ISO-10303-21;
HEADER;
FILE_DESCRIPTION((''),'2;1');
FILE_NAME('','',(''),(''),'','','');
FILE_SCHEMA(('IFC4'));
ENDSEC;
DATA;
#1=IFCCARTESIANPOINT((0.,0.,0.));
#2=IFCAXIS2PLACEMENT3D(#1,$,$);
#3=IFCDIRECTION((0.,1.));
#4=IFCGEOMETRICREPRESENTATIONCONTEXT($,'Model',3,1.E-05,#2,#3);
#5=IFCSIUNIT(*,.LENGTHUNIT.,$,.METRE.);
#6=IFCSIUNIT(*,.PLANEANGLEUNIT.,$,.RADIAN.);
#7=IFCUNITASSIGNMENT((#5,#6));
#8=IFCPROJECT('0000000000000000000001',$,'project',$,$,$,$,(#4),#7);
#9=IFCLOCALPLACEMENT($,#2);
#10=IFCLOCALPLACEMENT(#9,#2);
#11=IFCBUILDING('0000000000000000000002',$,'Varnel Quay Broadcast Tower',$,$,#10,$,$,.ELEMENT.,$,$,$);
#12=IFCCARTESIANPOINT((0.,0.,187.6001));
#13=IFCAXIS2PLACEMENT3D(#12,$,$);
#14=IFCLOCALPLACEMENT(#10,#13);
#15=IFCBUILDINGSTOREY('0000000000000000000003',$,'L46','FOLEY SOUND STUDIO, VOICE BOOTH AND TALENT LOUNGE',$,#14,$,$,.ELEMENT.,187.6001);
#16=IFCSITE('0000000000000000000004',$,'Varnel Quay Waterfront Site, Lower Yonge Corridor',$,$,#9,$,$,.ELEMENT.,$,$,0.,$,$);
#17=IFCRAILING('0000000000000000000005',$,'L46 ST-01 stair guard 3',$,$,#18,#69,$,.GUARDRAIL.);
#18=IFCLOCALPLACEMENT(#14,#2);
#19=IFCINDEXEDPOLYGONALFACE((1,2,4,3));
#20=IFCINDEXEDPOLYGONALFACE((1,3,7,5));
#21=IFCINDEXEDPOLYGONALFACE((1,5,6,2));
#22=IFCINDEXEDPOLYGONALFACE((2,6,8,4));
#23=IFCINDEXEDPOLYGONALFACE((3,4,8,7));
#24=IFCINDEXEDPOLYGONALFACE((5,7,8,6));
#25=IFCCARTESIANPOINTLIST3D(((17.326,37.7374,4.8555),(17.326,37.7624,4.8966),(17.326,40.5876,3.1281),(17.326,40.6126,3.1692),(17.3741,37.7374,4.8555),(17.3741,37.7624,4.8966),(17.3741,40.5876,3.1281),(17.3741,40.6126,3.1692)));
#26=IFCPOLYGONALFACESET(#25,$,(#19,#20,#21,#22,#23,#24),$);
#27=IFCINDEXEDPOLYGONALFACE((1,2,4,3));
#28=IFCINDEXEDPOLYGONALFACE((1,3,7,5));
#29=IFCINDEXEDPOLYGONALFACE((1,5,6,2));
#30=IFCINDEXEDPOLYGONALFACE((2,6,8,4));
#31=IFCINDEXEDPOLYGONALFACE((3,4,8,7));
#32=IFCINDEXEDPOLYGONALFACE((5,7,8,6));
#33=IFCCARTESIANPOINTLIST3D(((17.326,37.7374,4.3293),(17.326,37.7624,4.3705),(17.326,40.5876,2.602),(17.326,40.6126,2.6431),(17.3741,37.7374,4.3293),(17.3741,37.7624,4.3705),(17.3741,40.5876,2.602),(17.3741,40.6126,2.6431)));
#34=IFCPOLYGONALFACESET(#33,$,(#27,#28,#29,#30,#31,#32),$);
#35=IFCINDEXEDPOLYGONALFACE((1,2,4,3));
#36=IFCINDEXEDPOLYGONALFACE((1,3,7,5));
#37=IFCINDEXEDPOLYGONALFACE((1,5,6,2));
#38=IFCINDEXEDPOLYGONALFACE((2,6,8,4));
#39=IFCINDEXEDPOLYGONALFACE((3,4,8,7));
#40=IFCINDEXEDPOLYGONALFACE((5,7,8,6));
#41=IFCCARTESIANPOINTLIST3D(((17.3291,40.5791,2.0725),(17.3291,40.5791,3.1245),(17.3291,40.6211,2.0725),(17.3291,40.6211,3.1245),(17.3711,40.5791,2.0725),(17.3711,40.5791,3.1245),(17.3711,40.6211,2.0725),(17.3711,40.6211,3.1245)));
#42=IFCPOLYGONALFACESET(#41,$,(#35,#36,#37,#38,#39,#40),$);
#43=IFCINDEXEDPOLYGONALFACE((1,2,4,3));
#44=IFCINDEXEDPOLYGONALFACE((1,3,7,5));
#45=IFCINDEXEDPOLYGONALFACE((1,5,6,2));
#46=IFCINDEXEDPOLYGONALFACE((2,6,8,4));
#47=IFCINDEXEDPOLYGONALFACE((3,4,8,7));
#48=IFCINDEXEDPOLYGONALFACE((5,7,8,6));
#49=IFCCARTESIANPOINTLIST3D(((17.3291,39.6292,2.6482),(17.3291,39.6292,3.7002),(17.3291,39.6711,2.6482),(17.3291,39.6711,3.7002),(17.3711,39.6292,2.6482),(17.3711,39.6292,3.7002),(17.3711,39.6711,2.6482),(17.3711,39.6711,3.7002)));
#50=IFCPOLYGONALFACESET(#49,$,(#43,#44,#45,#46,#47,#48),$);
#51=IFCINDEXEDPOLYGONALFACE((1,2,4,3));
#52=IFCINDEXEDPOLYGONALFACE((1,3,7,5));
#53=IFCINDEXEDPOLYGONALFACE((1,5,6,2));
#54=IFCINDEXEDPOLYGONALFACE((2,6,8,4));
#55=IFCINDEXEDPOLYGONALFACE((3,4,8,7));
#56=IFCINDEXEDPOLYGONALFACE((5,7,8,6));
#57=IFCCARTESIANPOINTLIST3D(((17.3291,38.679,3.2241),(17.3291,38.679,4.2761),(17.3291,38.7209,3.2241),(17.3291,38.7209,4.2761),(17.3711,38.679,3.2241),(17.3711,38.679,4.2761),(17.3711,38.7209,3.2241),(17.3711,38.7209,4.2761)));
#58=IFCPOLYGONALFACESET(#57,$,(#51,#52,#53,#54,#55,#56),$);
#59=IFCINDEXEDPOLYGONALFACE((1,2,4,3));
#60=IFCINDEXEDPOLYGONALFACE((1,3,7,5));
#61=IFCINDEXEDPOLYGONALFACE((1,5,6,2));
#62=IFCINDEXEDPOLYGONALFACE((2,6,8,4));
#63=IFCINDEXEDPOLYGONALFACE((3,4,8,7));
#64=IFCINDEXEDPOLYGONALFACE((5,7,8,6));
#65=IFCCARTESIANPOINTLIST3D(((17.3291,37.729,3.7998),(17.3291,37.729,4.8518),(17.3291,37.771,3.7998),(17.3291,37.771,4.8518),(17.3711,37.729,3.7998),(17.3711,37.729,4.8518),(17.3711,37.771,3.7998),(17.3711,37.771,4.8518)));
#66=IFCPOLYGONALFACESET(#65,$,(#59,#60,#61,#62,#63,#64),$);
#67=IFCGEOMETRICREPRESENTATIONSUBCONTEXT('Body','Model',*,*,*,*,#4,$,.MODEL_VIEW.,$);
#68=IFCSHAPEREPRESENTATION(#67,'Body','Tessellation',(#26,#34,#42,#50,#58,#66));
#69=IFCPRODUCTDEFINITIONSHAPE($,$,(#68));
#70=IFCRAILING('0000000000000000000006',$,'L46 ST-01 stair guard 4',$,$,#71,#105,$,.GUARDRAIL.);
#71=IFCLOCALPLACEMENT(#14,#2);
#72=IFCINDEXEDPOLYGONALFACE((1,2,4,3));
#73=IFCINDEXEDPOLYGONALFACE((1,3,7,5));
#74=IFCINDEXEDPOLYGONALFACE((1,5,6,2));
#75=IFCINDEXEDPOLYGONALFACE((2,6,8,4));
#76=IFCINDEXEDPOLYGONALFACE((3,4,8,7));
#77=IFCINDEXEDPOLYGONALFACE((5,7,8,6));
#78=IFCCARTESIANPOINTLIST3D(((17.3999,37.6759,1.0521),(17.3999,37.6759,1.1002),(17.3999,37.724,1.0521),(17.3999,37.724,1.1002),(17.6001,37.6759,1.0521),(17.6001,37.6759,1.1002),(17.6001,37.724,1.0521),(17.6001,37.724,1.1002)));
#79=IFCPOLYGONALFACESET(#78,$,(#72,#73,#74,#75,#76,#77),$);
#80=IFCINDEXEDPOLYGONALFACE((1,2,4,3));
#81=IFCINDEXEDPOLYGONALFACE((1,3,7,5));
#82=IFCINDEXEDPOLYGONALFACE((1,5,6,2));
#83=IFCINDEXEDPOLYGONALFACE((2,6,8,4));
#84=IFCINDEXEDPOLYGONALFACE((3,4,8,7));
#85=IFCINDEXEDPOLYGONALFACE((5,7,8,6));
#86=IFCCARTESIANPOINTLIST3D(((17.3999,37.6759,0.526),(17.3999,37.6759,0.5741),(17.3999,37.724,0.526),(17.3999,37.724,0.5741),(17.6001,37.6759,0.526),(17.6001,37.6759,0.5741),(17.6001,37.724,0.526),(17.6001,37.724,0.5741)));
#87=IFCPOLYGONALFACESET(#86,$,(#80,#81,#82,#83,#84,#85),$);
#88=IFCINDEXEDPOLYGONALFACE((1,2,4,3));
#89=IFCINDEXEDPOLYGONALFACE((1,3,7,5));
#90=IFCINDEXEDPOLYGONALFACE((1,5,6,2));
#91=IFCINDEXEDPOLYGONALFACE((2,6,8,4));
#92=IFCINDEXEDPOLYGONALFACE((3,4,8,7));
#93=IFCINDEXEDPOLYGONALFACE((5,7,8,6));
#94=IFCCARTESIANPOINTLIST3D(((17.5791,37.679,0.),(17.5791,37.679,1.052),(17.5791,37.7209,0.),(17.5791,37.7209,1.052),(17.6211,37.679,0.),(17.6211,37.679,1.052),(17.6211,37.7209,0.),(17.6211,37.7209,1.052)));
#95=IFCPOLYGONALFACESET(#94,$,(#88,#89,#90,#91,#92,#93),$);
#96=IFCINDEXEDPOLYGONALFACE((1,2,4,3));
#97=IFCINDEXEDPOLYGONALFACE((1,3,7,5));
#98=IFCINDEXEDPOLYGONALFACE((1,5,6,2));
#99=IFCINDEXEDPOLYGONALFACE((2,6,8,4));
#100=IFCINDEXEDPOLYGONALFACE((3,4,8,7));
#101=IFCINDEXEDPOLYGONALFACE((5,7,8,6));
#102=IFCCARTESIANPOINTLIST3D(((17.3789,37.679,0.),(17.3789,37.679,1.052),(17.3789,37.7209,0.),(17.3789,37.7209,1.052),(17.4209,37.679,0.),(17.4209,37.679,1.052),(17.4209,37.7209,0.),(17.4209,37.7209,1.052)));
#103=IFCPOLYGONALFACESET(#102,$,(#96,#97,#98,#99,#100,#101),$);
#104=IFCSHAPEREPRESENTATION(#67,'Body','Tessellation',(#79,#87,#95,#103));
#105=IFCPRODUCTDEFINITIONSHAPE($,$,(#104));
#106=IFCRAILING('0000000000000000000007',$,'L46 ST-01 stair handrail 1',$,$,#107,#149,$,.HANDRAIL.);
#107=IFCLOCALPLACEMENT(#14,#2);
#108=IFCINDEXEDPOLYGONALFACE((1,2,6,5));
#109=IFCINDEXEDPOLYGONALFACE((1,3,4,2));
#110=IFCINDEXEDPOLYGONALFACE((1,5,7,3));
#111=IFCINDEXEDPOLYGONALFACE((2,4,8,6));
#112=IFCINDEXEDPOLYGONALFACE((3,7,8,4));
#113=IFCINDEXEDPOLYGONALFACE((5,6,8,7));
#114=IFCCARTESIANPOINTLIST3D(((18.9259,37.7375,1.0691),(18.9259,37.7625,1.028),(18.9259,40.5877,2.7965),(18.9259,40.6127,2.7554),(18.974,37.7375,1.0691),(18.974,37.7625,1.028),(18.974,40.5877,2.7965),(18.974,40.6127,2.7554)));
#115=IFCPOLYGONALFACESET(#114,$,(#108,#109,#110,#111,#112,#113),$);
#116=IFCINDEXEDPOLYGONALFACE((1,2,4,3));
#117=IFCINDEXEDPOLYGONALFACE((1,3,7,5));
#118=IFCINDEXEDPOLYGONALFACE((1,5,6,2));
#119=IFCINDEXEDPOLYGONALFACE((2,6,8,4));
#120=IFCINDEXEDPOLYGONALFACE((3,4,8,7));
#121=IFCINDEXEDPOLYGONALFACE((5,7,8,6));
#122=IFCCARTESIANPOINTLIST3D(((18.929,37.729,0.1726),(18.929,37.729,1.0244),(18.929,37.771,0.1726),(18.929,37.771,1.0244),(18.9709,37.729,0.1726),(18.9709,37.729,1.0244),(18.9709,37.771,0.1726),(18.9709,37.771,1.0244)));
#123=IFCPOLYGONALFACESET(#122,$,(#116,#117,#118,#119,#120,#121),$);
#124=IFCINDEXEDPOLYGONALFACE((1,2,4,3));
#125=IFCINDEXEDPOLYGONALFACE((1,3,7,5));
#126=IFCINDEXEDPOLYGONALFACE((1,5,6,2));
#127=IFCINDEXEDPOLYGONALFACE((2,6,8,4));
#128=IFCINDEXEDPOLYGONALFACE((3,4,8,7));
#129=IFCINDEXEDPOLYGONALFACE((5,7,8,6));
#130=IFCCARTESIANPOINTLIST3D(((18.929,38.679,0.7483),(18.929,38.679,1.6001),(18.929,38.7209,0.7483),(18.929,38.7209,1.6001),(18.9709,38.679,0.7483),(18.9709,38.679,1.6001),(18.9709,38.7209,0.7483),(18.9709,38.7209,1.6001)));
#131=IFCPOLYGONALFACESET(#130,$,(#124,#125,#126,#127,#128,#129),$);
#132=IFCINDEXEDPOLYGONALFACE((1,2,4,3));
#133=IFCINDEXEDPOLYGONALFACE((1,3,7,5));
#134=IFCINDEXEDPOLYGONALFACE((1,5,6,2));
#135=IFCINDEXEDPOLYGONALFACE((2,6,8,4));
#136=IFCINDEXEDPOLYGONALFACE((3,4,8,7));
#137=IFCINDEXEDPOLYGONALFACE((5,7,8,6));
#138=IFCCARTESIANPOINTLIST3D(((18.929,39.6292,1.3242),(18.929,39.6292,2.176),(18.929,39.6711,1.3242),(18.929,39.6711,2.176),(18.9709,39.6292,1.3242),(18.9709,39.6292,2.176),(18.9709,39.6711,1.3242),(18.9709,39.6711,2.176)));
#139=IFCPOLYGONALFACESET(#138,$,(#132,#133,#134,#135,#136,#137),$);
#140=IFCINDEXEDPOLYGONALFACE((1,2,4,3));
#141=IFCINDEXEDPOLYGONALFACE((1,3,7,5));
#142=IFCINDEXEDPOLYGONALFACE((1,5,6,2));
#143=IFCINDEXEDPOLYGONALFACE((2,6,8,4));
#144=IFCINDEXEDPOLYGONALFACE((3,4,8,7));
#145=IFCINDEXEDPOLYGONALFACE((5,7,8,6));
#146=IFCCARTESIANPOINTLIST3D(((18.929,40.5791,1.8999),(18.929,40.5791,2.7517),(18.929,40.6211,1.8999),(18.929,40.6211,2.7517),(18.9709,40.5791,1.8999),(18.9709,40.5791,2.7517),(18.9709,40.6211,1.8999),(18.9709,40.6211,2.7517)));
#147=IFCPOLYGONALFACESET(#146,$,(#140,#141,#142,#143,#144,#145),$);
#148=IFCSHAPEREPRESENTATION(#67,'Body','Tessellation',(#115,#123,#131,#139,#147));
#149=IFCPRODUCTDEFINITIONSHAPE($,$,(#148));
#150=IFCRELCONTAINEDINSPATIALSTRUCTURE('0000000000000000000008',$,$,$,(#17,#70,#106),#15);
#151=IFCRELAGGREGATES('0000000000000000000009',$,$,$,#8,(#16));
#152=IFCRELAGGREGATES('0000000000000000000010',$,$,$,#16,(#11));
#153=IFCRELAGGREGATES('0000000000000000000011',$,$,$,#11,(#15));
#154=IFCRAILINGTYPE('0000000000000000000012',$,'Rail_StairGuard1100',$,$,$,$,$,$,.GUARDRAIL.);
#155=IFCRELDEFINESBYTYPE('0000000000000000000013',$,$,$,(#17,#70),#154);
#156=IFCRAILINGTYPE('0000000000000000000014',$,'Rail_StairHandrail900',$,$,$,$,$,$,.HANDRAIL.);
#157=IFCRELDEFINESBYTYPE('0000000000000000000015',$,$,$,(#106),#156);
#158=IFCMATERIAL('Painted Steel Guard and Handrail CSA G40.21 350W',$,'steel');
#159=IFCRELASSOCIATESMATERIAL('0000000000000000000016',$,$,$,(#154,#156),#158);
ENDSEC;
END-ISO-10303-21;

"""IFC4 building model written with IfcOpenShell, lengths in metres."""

from ifc_helpers import new_model, si_unit, direction, frame, origin, origin_2d, place, context, subcontext, project, spatial, rectangle, extrude, material, type_object, element, save


model = new_model("IFC4")

# Units and contexts
model_context = context("Model", 3, precision=1e-05, world=origin(), true_north=direction((0.0, 1.0)))
body_context = subcontext(model_context, "Body", "Model", "MODEL_VIEW")
ifc_project = project(units=[si_unit("LENGTHUNIT", "METRE"), si_unit("PLANEANGLEUNIT", "RADIAN")], contexts=[model_context])

# Site, building, storey
site_placement = place(None, origin())
site = spatial("IfcSite", under=ifc_project, at=site_placement, Name="Varnel Quay Waterfront Site, Lower Yonge Corridor", CompositionType="ELEMENT", RefElevation=0.0)
building_placement = place(site_placement, origin())
building = spatial("IfcBuilding", under=site, at=building_placement, Name="Varnel Quay Broadcast Tower", CompositionType="ELEMENT")
storey_placement = place(building_placement, frame((0.0, 0.0, 187.6001)))
storey = spatial("IfcBuildingStorey", under=building, at=storey_placement, Name="L46", Description="FOLEY SOUND STUDIO, VOICE BOOTH AND TALENT LOUNGE", CompositionType="ELEMENT", Elevation=187.6001)

# Railings
ifc_material_1 = material(Name="Painted Steel Guard and Handrail CSA G40.21 350W", Category="steel")
railing_type_1 = type_object("IfcRailingType", Name="Rail_StairGuard1100", PredefinedType="GUARDRAIL", material=ifc_material_1)
railing_1_placement = place(storey_placement, frame((17.3501, 40.6001, 2.0725)))
element("IfcRailing", 1, at=railing_1_placement, inside=storey, type_object=railing_type_1, Name="L46 ST-01 stair guard 3", PredefinedType="GUARDRAIL", context=body_context, shape_type="SweptSolid", body=[
    extrude(rectangle(XDim=0.0481, YDim=0.0481, at=origin_2d()), frame((0.0, 0.0, 1.0762), z_axis=(0.0, -0.855203, 0.518294), x_axis=(1.0, 0.0, 0.0)), (0.0, 0.0, 1.0), 3.3328),
    extrude(rectangle(XDim=0.0481, YDim=0.0481, at=origin_2d()), frame((0.0, 0.0, 0.55), z_axis=(0.0, -0.855203, 0.518294), x_axis=(1.0, 0.0, 0.0)), (0.0, 0.0, 1.0), 3.3328),
    extrude(rectangle(XDim=0.042, YDim=0.042, at=origin_2d()), origin(), (0.0, 0.0, 1.0), 1.052),
    extrude(rectangle(XDim=0.042, YDim=0.042, at=origin_2d()), frame((0.0, -0.95, 0.5757)), (0.0, 0.0, 1.0), 1.052),
    extrude(rectangle(XDim=0.042, YDim=0.042, at=origin_2d()), frame((0.0, -1.9001, 1.1516)), (0.0, 0.0, 1.0), 1.052),
    extrude(rectangle(XDim=0.042, YDim=0.042, at=origin_2d()), frame((0.0, -2.8501, 1.7273)), (0.0, 0.0, 1.0), 1.052),
])
railing_2_placement = place(storey_placement, frame((17.6001, 37.7, 0.0)))
element("IfcRailing", 2, at=railing_2_placement, inside=storey, type_object=railing_type_1, Name="L46 ST-01 stair guard 4", PredefinedType="GUARDRAIL", context=body_context, shape_type="SweptSolid", body=[
    extrude(rectangle(XDim=0.0481, YDim=0.0481, at=origin_2d()), frame((0.0, 0.0, 1.0762), z_axis=(-1.0, 0.0, 0.0), x_axis=(0.0, -1.0, 0.0)), (0.0, 0.0, 1.0), 0.2002),
    extrude(rectangle(XDim=0.0481, YDim=0.0481, at=origin_2d()), frame((0.0, 0.0, 0.55), z_axis=(-1.0, 0.0, 0.0), x_axis=(0.0, -1.0, 0.0)), (0.0, 0.0, 1.0), 0.2002),
    extrude(rectangle(XDim=0.042, YDim=0.042, at=origin_2d()), origin(), (0.0, 0.0, 1.0), 1.052),
    extrude(rectangle(XDim=0.042, YDim=0.042, at=origin_2d()), frame((-0.2002, 0.0, 0.0)), (0.0, 0.0, 1.0), 1.052),
])
railing_type_2 = type_object("IfcRailingType", Name="Rail_StairHandrail900", PredefinedType="HANDRAIL", material=ifc_material_1)
railing_3_placement = place(storey_placement, frame((18.95, 37.75, 0.1726)))
element("IfcRailing", 3, at=railing_3_placement, inside=storey, type_object=railing_type_2, Name="L46 ST-01 stair handrail 1", PredefinedType="HANDRAIL", context=body_context, shape_type="SweptSolid", body=[
    extrude(rectangle(XDim=0.0481, YDim=0.0481, at=origin_2d()), frame((0.0, 0.0, 0.876), z_axis=(0.0, 0.855203, 0.518294), x_axis=(-1.0, 0.0, 0.0)), (0.0, 0.0, 1.0), 3.3328),
    extrude(rectangle(XDim=0.042, YDim=0.042, at=origin_2d()), origin(), (0.0, 0.0, 1.0), 0.8518),
    extrude(rectangle(XDim=0.042, YDim=0.042, at=origin_2d()), frame((0.0, 0.95, 0.5757)), (0.0, 0.0, 1.0), 0.8518),
    extrude(rectangle(XDim=0.042, YDim=0.042, at=origin_2d()), frame((0.0, 1.9001, 1.1516)), (0.0, 0.0, 1.0), 0.8518),
    extrude(rectangle(XDim=0.042, YDim=0.042, at=origin_2d()), frame((0.0, 2.8501, 1.7273)), (0.0, 0.0, 1.0), 0.8518),
])

save(model, "model.ifc")
